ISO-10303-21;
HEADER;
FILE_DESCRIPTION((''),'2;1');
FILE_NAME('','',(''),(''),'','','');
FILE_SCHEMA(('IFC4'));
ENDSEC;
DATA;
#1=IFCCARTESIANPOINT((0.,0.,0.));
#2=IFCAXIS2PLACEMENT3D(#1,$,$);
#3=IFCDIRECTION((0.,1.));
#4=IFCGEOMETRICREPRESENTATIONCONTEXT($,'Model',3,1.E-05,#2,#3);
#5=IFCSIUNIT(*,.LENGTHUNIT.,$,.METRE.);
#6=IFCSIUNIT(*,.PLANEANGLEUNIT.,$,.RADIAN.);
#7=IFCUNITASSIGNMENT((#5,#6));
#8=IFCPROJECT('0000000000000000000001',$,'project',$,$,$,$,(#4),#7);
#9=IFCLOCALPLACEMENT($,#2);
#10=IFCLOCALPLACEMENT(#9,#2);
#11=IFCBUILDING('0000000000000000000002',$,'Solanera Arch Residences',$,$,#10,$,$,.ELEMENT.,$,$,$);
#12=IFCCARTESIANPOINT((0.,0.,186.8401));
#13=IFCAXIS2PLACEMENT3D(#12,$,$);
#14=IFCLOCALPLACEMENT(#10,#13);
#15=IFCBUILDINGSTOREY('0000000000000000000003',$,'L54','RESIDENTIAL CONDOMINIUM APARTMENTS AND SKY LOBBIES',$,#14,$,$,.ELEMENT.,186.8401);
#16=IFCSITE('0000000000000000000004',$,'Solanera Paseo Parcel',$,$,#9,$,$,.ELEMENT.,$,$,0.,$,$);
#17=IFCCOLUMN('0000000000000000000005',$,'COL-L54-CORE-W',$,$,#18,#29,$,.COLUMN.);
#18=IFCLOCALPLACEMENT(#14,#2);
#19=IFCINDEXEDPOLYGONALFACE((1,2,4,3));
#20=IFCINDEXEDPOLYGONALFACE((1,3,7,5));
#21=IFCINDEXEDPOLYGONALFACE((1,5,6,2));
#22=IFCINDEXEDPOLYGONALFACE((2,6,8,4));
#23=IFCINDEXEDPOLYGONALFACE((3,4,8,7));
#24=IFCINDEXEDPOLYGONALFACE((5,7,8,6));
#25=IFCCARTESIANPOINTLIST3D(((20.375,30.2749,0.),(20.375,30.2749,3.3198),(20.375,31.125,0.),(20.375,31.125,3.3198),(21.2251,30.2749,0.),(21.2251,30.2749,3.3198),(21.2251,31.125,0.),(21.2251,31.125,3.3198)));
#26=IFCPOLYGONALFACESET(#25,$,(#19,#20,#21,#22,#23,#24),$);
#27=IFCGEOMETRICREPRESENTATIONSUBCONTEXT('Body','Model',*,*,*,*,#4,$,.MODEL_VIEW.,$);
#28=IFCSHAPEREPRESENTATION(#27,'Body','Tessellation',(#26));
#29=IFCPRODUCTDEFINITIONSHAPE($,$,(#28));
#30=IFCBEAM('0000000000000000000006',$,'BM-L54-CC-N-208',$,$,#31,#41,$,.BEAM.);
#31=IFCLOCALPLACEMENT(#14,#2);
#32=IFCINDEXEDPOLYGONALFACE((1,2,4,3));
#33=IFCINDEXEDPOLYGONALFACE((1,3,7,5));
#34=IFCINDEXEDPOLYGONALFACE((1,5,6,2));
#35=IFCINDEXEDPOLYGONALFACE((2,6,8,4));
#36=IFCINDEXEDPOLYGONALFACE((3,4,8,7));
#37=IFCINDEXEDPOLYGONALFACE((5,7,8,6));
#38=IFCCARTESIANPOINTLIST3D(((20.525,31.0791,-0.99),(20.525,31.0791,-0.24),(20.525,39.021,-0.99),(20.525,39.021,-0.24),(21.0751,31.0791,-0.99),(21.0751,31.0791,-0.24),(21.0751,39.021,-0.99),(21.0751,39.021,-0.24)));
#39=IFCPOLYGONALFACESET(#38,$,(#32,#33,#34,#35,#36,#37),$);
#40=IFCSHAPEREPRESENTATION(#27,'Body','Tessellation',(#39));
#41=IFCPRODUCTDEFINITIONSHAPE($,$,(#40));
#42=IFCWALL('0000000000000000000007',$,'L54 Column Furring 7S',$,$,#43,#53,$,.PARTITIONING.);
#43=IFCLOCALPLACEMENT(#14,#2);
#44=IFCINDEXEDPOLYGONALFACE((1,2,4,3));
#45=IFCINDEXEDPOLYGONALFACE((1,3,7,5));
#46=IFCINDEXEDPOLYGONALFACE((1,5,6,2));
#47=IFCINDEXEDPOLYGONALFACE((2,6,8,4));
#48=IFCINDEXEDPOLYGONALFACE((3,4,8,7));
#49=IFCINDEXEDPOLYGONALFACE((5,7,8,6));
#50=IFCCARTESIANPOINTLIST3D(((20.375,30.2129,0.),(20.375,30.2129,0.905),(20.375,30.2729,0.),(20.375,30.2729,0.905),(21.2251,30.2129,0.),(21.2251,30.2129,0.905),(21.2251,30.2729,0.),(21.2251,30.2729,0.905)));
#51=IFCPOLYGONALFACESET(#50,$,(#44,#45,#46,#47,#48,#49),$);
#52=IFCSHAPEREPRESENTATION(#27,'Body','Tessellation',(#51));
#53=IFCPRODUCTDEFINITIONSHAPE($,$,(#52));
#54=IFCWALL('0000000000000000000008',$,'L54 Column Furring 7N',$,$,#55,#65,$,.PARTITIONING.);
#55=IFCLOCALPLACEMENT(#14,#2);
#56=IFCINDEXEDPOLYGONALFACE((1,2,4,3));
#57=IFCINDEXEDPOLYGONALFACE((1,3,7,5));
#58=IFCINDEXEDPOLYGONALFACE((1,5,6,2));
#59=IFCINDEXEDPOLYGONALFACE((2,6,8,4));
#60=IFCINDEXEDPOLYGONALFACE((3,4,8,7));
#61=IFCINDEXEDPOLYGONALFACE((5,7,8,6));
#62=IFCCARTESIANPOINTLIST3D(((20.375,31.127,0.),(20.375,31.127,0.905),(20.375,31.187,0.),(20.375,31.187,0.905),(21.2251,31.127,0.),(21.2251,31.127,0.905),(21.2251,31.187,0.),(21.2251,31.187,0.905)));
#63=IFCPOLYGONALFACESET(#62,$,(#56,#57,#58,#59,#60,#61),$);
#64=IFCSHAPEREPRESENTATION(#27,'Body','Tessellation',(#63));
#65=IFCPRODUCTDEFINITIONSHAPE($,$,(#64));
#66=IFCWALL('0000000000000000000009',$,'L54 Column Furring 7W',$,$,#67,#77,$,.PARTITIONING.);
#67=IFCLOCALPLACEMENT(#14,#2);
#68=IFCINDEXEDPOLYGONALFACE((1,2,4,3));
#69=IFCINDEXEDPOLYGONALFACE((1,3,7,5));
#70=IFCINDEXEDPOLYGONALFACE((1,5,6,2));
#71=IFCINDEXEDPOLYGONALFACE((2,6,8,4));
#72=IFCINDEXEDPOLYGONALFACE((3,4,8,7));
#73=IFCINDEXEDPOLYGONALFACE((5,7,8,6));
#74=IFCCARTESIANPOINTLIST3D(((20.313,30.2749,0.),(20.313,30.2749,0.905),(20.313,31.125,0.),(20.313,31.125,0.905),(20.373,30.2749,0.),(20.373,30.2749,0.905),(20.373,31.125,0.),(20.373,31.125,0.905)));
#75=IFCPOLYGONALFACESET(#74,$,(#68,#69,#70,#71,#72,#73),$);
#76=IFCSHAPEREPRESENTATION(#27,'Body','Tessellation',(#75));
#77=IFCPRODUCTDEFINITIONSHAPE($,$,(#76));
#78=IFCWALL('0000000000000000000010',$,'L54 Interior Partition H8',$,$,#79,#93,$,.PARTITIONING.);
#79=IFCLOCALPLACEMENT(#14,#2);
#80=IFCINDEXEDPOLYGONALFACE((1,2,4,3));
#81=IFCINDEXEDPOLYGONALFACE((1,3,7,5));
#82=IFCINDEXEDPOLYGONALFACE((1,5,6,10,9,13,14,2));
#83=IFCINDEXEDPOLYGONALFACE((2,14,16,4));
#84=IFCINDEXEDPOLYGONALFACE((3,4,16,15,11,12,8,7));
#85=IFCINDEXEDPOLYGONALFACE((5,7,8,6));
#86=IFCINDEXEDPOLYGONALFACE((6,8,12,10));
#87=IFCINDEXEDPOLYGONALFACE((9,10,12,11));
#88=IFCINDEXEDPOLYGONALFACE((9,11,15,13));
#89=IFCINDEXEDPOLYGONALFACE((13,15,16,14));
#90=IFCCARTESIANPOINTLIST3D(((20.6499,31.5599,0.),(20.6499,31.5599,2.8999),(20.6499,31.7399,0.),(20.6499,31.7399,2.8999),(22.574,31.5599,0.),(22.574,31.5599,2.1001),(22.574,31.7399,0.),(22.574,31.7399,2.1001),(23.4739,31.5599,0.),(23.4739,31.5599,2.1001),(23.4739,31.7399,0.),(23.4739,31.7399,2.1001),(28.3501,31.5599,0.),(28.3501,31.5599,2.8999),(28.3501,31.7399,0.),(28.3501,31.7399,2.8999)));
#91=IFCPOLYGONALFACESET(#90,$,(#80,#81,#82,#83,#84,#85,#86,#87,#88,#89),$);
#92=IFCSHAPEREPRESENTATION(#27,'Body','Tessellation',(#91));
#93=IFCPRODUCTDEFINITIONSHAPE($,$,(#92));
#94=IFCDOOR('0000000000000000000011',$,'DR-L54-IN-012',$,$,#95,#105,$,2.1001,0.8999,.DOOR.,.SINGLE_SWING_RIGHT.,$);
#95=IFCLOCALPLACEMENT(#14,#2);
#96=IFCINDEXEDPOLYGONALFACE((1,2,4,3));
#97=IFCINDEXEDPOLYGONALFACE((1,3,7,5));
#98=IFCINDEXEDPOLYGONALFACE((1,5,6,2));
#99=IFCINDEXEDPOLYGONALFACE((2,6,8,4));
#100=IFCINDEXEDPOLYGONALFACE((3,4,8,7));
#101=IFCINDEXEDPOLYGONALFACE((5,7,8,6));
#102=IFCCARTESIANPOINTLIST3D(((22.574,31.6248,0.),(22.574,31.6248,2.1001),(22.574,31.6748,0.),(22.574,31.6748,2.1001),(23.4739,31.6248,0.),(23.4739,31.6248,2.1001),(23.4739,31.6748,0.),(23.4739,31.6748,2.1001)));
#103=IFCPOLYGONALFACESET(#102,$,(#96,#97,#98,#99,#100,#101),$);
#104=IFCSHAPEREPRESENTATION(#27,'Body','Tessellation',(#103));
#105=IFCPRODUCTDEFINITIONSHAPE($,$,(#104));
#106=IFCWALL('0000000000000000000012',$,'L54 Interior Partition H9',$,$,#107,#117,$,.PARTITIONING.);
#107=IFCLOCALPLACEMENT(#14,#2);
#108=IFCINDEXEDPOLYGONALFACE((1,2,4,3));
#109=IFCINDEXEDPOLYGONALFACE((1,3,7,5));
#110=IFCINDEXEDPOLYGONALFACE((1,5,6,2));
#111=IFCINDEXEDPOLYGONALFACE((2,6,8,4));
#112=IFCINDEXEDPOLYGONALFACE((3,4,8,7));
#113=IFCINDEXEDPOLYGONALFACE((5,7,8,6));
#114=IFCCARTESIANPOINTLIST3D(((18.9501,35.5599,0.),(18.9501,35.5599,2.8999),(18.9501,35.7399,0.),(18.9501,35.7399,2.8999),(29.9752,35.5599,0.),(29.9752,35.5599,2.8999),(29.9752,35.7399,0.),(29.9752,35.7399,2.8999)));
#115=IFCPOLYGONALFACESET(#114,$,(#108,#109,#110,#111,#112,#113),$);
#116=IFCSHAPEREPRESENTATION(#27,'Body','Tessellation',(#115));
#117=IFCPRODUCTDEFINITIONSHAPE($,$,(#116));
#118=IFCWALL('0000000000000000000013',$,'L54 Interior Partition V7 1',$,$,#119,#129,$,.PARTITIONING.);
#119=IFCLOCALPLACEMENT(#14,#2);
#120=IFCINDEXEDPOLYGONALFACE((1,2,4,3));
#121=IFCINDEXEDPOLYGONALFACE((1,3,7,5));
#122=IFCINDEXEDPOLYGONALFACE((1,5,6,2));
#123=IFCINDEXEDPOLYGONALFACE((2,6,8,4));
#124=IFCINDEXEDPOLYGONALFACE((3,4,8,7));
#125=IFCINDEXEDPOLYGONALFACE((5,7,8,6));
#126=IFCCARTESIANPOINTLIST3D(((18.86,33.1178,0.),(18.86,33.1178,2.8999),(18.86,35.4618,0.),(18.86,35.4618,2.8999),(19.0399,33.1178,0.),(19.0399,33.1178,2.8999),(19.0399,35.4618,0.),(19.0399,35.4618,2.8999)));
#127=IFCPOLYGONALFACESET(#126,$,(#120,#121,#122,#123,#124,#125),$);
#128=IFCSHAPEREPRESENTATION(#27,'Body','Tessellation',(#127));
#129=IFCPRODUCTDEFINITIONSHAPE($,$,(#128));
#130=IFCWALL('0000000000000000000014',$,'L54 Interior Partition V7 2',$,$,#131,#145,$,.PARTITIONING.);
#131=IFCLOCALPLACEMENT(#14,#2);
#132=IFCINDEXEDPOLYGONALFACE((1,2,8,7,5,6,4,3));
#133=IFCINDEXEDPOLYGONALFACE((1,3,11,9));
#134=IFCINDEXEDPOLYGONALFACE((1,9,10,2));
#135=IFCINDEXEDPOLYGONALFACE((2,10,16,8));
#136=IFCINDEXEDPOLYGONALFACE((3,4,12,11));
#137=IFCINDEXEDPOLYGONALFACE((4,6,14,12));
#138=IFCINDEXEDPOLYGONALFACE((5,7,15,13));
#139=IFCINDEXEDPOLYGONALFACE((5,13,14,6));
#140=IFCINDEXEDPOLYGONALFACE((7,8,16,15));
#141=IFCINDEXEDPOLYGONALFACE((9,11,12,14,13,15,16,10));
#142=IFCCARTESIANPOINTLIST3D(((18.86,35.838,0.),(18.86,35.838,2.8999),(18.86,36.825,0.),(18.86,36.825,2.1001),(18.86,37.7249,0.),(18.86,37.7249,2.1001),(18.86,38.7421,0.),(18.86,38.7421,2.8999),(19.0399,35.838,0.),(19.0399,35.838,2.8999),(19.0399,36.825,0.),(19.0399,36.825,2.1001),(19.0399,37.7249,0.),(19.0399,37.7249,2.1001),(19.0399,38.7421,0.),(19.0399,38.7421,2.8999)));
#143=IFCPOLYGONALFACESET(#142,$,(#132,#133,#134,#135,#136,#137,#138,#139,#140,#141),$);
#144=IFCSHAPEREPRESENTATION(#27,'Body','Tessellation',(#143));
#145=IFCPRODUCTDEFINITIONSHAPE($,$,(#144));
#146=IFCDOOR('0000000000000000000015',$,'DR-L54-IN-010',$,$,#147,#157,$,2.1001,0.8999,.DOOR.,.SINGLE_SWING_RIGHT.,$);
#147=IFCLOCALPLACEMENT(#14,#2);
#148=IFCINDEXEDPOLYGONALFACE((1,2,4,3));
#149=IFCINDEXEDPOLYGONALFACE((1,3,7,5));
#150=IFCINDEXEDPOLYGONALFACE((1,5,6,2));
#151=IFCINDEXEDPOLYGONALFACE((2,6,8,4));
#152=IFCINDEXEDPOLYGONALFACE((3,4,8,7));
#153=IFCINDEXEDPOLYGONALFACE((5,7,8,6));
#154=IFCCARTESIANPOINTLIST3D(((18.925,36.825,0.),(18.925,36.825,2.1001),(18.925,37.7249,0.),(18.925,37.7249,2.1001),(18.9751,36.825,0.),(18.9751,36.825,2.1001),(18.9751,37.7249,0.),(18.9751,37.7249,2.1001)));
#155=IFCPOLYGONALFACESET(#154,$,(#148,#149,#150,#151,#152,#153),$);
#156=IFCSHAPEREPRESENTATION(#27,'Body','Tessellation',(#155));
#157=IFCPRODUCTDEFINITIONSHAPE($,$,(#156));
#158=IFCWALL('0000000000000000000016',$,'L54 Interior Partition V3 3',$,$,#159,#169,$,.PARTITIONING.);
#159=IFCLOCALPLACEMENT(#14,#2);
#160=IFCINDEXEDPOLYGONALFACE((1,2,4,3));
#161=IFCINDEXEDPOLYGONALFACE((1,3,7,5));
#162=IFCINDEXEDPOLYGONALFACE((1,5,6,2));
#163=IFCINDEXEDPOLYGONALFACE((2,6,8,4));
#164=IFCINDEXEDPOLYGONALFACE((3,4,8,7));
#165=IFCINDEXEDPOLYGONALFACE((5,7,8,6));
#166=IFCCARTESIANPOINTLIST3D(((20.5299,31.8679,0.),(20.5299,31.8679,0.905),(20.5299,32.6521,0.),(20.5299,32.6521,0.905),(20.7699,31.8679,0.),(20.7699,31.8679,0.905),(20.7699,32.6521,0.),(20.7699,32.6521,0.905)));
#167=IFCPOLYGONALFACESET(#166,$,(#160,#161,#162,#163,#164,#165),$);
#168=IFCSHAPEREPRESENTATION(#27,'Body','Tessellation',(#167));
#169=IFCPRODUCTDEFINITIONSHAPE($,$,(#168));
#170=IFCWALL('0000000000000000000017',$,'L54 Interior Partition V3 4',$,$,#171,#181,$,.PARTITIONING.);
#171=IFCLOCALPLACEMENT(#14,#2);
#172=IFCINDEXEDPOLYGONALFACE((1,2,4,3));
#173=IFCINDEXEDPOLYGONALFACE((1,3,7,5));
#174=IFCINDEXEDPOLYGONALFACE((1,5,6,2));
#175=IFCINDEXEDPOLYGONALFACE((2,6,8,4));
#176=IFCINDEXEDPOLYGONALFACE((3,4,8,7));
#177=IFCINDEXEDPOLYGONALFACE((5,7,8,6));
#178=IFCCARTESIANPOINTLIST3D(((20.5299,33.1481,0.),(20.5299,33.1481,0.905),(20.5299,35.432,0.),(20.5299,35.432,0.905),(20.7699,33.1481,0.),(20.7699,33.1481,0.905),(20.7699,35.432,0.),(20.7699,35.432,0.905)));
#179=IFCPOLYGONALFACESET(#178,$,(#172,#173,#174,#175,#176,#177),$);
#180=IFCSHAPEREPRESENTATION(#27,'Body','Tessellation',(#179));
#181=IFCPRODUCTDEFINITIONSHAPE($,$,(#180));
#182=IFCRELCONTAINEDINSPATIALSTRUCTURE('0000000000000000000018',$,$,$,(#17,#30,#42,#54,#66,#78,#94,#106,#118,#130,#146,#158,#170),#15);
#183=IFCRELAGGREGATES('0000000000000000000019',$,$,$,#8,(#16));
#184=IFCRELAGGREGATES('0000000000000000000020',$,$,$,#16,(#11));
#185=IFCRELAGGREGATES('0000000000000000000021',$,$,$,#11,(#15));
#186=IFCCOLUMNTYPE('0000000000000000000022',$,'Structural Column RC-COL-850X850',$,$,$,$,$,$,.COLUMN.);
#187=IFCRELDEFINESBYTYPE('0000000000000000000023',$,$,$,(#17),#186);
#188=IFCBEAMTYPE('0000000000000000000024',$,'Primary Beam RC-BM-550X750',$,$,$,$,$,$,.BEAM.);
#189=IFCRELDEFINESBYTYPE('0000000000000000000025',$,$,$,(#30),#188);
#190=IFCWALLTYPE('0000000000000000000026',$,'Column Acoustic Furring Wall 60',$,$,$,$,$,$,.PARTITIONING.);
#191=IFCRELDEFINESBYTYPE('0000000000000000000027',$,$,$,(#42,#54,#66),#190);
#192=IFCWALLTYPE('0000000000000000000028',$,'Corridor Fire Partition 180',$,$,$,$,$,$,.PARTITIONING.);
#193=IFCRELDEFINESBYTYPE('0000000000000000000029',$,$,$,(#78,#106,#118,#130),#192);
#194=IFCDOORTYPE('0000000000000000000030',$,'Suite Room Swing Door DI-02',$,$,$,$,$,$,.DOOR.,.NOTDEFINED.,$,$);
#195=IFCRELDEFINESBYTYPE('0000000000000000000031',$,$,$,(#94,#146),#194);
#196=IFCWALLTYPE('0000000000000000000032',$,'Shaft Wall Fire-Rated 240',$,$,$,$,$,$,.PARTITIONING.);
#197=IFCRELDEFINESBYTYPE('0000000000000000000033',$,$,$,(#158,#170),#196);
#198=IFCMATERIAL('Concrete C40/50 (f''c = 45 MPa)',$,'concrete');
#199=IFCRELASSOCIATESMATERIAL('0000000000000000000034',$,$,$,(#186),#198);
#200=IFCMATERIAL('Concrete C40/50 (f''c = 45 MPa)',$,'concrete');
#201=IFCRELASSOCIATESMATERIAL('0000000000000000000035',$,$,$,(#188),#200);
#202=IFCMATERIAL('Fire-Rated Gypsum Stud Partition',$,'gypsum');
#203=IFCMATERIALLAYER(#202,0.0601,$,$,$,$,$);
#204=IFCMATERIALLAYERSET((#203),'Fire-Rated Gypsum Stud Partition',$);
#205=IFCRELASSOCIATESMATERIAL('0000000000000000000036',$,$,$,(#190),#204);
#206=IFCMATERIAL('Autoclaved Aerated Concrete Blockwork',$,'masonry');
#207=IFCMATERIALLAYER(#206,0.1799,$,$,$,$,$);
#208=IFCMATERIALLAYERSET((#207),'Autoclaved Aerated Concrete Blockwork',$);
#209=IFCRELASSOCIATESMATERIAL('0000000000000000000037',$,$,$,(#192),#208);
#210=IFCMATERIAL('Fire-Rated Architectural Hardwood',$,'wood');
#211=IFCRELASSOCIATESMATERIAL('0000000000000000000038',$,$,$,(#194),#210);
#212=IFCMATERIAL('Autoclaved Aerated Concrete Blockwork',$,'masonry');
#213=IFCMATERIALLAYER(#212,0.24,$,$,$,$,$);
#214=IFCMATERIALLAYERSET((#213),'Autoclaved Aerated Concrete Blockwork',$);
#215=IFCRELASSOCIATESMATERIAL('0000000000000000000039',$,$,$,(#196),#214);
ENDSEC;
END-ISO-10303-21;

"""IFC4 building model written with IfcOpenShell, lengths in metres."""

from ifc_helpers import new_model, si_unit, direction, frame, frame_2d, origin, origin_2d, place, context, subcontext, project, spatial, rectangle, extrude, material, layer, layer_set, material_profile, profile_set, type_object, element, fill, save


model = new_model("IFC4")

# Units and contexts
model_context = context("Model", 3, precision=1e-05, world=origin(), true_north=direction((0.0, 1.0)))
body_context = subcontext(model_context, "Body", "Model", "MODEL_VIEW")
ifc_project = project(units=[si_unit("LENGTHUNIT", "METRE"), si_unit("PLANEANGLEUNIT", "RADIAN")], contexts=[model_context])

# Site, building, storey
site_placement = place(None, origin())
site = spatial("IfcSite", under=ifc_project, at=site_placement, Name="Solanera Paseo Parcel", CompositionType="ELEMENT", RefElevation=0.0)
building_placement = place(site_placement, origin())
building = spatial("IfcBuilding", under=site, at=building_placement, Name="Solanera Arch Residences", CompositionType="ELEMENT")
storey_placement = place(building_placement, frame((0.0, 0.0, 186.8401)))
storey = spatial("IfcBuildingStorey", under=building, at=storey_placement, Name="L54", Description="RESIDENTIAL CONDOMINIUM APARTMENTS AND SKY LOBBIES", CompositionType="ELEMENT", Elevation=186.8401)

# Column
ifc_material_1 = material(Name="Concrete C40/50 (f'c = 45 MPa)", Category="concrete")
ifc_material_profile_1 = material_profile(ifc_material_1, rectangle(XDim=0.8501, YDim=0.8501, at=origin_2d()))
ifc_profile_set_1 = profile_set([ifc_material_profile_1], Name="Concrete C40/50 (f'c = 45 MPa)")
column_type = type_object("IfcColumnType", Name="Structural Column RC-COL-850X850", PredefinedType="COLUMN", material=ifc_profile_set_1)
column_placement = place(storey_placement, frame((20.8, 30.7, 0.0), z_axis=(0.0, 0.0, 1.0), x_axis=(1.0, 0.0, 0.0)))
element("IfcColumn", 1, at=column_placement, inside=storey, type_object=column_type, Name="COL-L54-CORE-W", PredefinedType="COLUMN", context=body_context, shape_type="SweptSolid", body=[
    extrude(rectangle(XDim=0.8501, YDim=0.8501, at=origin_2d()), origin(), (0.0, 0.0, 1.0), 3.3198),
])

# Beam
ifc_material_2 = material(Name="Concrete C40/50 (f'c = 45 MPa)", Category="concrete")
ifc_material_profile_2 = material_profile(ifc_material_2, rectangle(XDim=0.55, YDim=0.75, at=origin_2d()))
ifc_profile_set_2 = profile_set([ifc_material_profile_2], Name="Concrete C40/50 (f'c = 45 MPa)")
beam_type = type_object("IfcBeamType", Name="Primary Beam RC-BM-550X750", PredefinedType="BEAM", material=ifc_profile_set_2)
beam_placement = place(storey_placement, frame((20.8, 31.0791, -0.615), z_axis=(0.0, 1.0, 0.0), x_axis=(-1.0, 0.0, 0.0)))
element("IfcBeam", 2, at=beam_placement, inside=storey, type_object=beam_type, Name="BM-L54-CC-N-208", PredefinedType="BEAM", context=body_context, shape_type="SweptSolid", body=[
    extrude(rectangle(XDim=0.55, YDim=0.75, at=origin_2d()), origin(), (0.0, 0.0, 1.0), 7.9419),
])

# Walls
ifc_material_3 = material(Name="Fire-Rated Gypsum Stud Partition", Category="gypsum")
ifc_layer_1 = layer(ifc_material_3, 0.0601)
ifc_layer_set_1 = layer_set([ifc_layer_1], Name="Fire-Rated Gypsum Stud Partition")
wall_type_1 = type_object("IfcWallType", Name="Column Acoustic Furring Wall 60", PredefinedType="PARTITIONING", material=ifc_layer_set_1)
for number, where, z_axis, x_axis, name in (
    (3, (20.375, 30.2429, 0.0), (0.0, 0.0, 1.0), (1.0, 0.0, 0.0), "L54 Column Furring 7S"),
    (4, (20.375, 31.157, 0.0), (0.0, 0.0, 1.0), (1.0, 0.0, 0.0), "L54 Column Furring 7N"),
    (5, (20.343, 30.2749, 0.0), (0.0, 0.0, 1.0), (0.0, 1.0, 0.0), "L54 Column Furring 7W"),
):
    element("IfcWall", number, at=place(storey_placement, frame(where, z_axis=z_axis, x_axis=x_axis)), inside=storey, type_object=wall_type_1, Name=name, PredefinedType="PARTITIONING", context=body_context, shape_type="SweptSolid", body=[
        extrude(rectangle(XDim=0.8501, YDim=0.0601, at=frame_2d((0.425, 0.0))), origin(), (0.0, 0.0, 1.0), 0.905),
    ])

# Wall, opening, door
ifc_material_4 = material(Name="Autoclaved Aerated Concrete Blockwork", Category="masonry")
ifc_layer_2 = layer(ifc_material_4, 0.1799)
ifc_layer_set_2 = layer_set([ifc_layer_2], Name="Autoclaved Aerated Concrete Blockwork")
wall_type_2 = type_object("IfcWallType", Name="Corridor Fire Partition 180", PredefinedType="PARTITIONING", material=ifc_layer_set_2)
wall_1_placement = place(storey_placement, frame((20.6499, 31.6499, 0.0), z_axis=(0.0, 0.0, 1.0), x_axis=(1.0, 0.0, 0.0)))
wall_1 = element("IfcWall", 6, at=wall_1_placement, inside=storey, type_object=wall_type_2, Name="L54 Interior Partition H8", PredefinedType="PARTITIONING", context=body_context, shape_type="SweptSolid", body=[
    extrude(rectangle(XDim=7.7002, YDim=0.1799, at=frame_2d((3.8501, 0.0))), origin(), (0.0, 0.0, 1.0), 2.8999),
])
opening_1_placement = place(wall_1_placement, frame((1.9241, 0.0, 0.0)))
opening_1 = element("IfcOpeningElement", 7, at=opening_1_placement, cuts=wall_1, PredefinedType="OPENING", context=body_context, shape_type="SweptSolid", body=[
    extrude(rectangle(XDim=0.8999, YDim=2.1001, at=frame_2d((0.45, 1.05))), frame((0.0, 0.1001, 0.0), z_axis=(0.0, -1.0, 0.0), x_axis=(1.0, 0.0, 0.0)), (0.0, 0.0, 1.0), 0.1999),
])
ifc_material_5 = material(Name="Fire-Rated Architectural Hardwood", Category="wood")
door_type_1 = type_object("IfcDoorType", Name="Suite Room Swing Door DI-02", OperationType="NOTDEFINED", PredefinedType="DOOR", material=ifc_material_5)
door_1_placement = place(opening_1_placement, origin())
door_1 = element("IfcDoor", 8, at=door_1_placement, inside=storey, type_object=door_type_1, Name="DR-L54-IN-012", OperationType="SINGLE_SWING_RIGHT", OverallHeight=2.1001, OverallWidth=0.8999, PredefinedType="DOOR", context=body_context, shape_type="SweptSolid", body=[
    extrude(rectangle(XDim=0.8999, YDim=2.1001, at=frame_2d((0.45, 1.05))), frame((0.0, 0.0249, 0.0), z_axis=(0.0, -1.0, 0.0), x_axis=(1.0, 0.0, 0.0)), (0.0, 0.0, 1.0), 0.05),
])
fill(opening_1, door_1)

# Walls
wall_2_placement = place(storey_placement, frame((18.95, 35.6499, 0.0), z_axis=(0.0, 0.0, 1.0), x_axis=(1.0, 0.0, 0.0)))
element("IfcWall", 9, at=wall_2_placement, inside=storey, type_object=wall_type_2, Name="L54 Interior Partition H9", PredefinedType="PARTITIONING", context=body_context, shape_type="SweptSolid", body=[
    extrude(rectangle(XDim=11.0251, YDim=0.1799, at=frame_2d((5.5127, 0.0))), origin(), (0.0, 0.0, 1.0), 2.8999),
])
wall_3_placement = place(storey_placement, frame((18.95, 33.1179, 0.0), z_axis=(0.0, 0.0, 1.0), x_axis=(0.0, 1.0, 0.0)))
element("IfcWall", 10, at=wall_3_placement, inside=storey, type_object=wall_type_2, Name="L54 Interior Partition V7 1", PredefinedType="PARTITIONING", context=body_context, shape_type="SweptSolid", body=[
    extrude(rectangle(XDim=2.344, YDim=0.1799, at=frame_2d((1.1719, 0.0))), origin(), (0.0, 0.0, 1.0), 2.8999),
])

# Wall, opening, door
wall_4_placement = place(storey_placement, frame((18.95, 35.8379, 0.0), z_axis=(0.0, 0.0, 1.0), x_axis=(0.0, 1.0, 0.0)))
wall_4 = element("IfcWall", 11, at=wall_4_placement, inside=storey, type_object=wall_type_2, Name="L54 Interior Partition V7 2", PredefinedType="PARTITIONING", context=body_context, shape_type="SweptSolid", body=[
    extrude(rectangle(XDim=2.9041, YDim=0.1799, at=frame_2d((1.4521, 0.0))), origin(), (0.0, 0.0, 1.0), 2.8999),
])
opening_2_placement = place(wall_4_placement, frame((0.9871, 0.0, 0.0)))
opening_2 = element("IfcOpeningElement", 12, at=opening_2_placement, cuts=wall_4, PredefinedType="OPENING", context=body_context, shape_type="SweptSolid", body=[
    extrude(rectangle(XDim=0.8999, YDim=2.1001, at=frame_2d((0.45, 1.05))), frame((0.0, 0.1001, 0.0), z_axis=(0.0, -1.0, 0.0), x_axis=(1.0, 0.0, 0.0)), (0.0, 0.0, 1.0), 0.1999),
])
door_2_placement = place(opening_2_placement, origin())
door_2 = element("IfcDoor", 13, at=door_2_placement, inside=storey, type_object=door_type_1, Name="DR-L54-IN-010", OperationType="SINGLE_SWING_RIGHT", OverallHeight=2.1001, OverallWidth=0.8999, PredefinedType="DOOR", context=body_context, shape_type="SweptSolid", body=[
    extrude(rectangle(XDim=0.8999, YDim=2.1001, at=frame_2d((0.45, 1.05))), frame((0.0, 0.0249, 0.0), z_axis=(0.0, -1.0, 0.0), x_axis=(1.0, 0.0, 0.0)), (0.0, 0.0, 1.0), 0.05),
])
fill(opening_2, door_2)
ifc_material_6 = material(Name="Autoclaved Aerated Concrete Blockwork", Category="masonry")
ifc_layer_3 = layer(ifc_material_6, 0.24)
ifc_layer_set_3 = layer_set([ifc_layer_3], Name="Autoclaved Aerated Concrete Blockwork")
wall_type_3 = type_object("IfcWallType", Name="Shaft Wall Fire-Rated 240", PredefinedType="PARTITIONING", material=ifc_layer_set_3)

# Walls
wall_5_placement = place(storey_placement, frame((20.6499, 31.8679, 0.0), z_axis=(0.0, 0.0, 1.0), x_axis=(0.0, 1.0, 0.0)))
element("IfcWall", 14, at=wall_5_placement, inside=storey, type_object=wall_type_3, Name="L54 Interior Partition V3 3", PredefinedType="PARTITIONING", context=body_context, shape_type="SweptSolid", body=[
    extrude(rectangle(XDim=0.7842, YDim=0.24, at=frame_2d((0.3921, 0.0))), origin(), (0.0, 0.0, 1.0), 0.905),
])
wall_6_placement = place(storey_placement, frame((20.6499, 33.1479, 0.0), z_axis=(0.0, 0.0, 1.0), x_axis=(0.0, 1.0, 0.0)))
element("IfcWall", 15, at=wall_6_placement, inside=storey, type_object=wall_type_3, Name="L54 Interior Partition V3 4", PredefinedType="PARTITIONING", context=body_context, shape_type="SweptSolid", body=[
    extrude(rectangle(XDim=2.2839, YDim=0.24, at=frame_2d((1.1421, 0.0))), origin(), (0.0, 0.0, 1.0), 0.905),
])

save(model, "model.ifc")
